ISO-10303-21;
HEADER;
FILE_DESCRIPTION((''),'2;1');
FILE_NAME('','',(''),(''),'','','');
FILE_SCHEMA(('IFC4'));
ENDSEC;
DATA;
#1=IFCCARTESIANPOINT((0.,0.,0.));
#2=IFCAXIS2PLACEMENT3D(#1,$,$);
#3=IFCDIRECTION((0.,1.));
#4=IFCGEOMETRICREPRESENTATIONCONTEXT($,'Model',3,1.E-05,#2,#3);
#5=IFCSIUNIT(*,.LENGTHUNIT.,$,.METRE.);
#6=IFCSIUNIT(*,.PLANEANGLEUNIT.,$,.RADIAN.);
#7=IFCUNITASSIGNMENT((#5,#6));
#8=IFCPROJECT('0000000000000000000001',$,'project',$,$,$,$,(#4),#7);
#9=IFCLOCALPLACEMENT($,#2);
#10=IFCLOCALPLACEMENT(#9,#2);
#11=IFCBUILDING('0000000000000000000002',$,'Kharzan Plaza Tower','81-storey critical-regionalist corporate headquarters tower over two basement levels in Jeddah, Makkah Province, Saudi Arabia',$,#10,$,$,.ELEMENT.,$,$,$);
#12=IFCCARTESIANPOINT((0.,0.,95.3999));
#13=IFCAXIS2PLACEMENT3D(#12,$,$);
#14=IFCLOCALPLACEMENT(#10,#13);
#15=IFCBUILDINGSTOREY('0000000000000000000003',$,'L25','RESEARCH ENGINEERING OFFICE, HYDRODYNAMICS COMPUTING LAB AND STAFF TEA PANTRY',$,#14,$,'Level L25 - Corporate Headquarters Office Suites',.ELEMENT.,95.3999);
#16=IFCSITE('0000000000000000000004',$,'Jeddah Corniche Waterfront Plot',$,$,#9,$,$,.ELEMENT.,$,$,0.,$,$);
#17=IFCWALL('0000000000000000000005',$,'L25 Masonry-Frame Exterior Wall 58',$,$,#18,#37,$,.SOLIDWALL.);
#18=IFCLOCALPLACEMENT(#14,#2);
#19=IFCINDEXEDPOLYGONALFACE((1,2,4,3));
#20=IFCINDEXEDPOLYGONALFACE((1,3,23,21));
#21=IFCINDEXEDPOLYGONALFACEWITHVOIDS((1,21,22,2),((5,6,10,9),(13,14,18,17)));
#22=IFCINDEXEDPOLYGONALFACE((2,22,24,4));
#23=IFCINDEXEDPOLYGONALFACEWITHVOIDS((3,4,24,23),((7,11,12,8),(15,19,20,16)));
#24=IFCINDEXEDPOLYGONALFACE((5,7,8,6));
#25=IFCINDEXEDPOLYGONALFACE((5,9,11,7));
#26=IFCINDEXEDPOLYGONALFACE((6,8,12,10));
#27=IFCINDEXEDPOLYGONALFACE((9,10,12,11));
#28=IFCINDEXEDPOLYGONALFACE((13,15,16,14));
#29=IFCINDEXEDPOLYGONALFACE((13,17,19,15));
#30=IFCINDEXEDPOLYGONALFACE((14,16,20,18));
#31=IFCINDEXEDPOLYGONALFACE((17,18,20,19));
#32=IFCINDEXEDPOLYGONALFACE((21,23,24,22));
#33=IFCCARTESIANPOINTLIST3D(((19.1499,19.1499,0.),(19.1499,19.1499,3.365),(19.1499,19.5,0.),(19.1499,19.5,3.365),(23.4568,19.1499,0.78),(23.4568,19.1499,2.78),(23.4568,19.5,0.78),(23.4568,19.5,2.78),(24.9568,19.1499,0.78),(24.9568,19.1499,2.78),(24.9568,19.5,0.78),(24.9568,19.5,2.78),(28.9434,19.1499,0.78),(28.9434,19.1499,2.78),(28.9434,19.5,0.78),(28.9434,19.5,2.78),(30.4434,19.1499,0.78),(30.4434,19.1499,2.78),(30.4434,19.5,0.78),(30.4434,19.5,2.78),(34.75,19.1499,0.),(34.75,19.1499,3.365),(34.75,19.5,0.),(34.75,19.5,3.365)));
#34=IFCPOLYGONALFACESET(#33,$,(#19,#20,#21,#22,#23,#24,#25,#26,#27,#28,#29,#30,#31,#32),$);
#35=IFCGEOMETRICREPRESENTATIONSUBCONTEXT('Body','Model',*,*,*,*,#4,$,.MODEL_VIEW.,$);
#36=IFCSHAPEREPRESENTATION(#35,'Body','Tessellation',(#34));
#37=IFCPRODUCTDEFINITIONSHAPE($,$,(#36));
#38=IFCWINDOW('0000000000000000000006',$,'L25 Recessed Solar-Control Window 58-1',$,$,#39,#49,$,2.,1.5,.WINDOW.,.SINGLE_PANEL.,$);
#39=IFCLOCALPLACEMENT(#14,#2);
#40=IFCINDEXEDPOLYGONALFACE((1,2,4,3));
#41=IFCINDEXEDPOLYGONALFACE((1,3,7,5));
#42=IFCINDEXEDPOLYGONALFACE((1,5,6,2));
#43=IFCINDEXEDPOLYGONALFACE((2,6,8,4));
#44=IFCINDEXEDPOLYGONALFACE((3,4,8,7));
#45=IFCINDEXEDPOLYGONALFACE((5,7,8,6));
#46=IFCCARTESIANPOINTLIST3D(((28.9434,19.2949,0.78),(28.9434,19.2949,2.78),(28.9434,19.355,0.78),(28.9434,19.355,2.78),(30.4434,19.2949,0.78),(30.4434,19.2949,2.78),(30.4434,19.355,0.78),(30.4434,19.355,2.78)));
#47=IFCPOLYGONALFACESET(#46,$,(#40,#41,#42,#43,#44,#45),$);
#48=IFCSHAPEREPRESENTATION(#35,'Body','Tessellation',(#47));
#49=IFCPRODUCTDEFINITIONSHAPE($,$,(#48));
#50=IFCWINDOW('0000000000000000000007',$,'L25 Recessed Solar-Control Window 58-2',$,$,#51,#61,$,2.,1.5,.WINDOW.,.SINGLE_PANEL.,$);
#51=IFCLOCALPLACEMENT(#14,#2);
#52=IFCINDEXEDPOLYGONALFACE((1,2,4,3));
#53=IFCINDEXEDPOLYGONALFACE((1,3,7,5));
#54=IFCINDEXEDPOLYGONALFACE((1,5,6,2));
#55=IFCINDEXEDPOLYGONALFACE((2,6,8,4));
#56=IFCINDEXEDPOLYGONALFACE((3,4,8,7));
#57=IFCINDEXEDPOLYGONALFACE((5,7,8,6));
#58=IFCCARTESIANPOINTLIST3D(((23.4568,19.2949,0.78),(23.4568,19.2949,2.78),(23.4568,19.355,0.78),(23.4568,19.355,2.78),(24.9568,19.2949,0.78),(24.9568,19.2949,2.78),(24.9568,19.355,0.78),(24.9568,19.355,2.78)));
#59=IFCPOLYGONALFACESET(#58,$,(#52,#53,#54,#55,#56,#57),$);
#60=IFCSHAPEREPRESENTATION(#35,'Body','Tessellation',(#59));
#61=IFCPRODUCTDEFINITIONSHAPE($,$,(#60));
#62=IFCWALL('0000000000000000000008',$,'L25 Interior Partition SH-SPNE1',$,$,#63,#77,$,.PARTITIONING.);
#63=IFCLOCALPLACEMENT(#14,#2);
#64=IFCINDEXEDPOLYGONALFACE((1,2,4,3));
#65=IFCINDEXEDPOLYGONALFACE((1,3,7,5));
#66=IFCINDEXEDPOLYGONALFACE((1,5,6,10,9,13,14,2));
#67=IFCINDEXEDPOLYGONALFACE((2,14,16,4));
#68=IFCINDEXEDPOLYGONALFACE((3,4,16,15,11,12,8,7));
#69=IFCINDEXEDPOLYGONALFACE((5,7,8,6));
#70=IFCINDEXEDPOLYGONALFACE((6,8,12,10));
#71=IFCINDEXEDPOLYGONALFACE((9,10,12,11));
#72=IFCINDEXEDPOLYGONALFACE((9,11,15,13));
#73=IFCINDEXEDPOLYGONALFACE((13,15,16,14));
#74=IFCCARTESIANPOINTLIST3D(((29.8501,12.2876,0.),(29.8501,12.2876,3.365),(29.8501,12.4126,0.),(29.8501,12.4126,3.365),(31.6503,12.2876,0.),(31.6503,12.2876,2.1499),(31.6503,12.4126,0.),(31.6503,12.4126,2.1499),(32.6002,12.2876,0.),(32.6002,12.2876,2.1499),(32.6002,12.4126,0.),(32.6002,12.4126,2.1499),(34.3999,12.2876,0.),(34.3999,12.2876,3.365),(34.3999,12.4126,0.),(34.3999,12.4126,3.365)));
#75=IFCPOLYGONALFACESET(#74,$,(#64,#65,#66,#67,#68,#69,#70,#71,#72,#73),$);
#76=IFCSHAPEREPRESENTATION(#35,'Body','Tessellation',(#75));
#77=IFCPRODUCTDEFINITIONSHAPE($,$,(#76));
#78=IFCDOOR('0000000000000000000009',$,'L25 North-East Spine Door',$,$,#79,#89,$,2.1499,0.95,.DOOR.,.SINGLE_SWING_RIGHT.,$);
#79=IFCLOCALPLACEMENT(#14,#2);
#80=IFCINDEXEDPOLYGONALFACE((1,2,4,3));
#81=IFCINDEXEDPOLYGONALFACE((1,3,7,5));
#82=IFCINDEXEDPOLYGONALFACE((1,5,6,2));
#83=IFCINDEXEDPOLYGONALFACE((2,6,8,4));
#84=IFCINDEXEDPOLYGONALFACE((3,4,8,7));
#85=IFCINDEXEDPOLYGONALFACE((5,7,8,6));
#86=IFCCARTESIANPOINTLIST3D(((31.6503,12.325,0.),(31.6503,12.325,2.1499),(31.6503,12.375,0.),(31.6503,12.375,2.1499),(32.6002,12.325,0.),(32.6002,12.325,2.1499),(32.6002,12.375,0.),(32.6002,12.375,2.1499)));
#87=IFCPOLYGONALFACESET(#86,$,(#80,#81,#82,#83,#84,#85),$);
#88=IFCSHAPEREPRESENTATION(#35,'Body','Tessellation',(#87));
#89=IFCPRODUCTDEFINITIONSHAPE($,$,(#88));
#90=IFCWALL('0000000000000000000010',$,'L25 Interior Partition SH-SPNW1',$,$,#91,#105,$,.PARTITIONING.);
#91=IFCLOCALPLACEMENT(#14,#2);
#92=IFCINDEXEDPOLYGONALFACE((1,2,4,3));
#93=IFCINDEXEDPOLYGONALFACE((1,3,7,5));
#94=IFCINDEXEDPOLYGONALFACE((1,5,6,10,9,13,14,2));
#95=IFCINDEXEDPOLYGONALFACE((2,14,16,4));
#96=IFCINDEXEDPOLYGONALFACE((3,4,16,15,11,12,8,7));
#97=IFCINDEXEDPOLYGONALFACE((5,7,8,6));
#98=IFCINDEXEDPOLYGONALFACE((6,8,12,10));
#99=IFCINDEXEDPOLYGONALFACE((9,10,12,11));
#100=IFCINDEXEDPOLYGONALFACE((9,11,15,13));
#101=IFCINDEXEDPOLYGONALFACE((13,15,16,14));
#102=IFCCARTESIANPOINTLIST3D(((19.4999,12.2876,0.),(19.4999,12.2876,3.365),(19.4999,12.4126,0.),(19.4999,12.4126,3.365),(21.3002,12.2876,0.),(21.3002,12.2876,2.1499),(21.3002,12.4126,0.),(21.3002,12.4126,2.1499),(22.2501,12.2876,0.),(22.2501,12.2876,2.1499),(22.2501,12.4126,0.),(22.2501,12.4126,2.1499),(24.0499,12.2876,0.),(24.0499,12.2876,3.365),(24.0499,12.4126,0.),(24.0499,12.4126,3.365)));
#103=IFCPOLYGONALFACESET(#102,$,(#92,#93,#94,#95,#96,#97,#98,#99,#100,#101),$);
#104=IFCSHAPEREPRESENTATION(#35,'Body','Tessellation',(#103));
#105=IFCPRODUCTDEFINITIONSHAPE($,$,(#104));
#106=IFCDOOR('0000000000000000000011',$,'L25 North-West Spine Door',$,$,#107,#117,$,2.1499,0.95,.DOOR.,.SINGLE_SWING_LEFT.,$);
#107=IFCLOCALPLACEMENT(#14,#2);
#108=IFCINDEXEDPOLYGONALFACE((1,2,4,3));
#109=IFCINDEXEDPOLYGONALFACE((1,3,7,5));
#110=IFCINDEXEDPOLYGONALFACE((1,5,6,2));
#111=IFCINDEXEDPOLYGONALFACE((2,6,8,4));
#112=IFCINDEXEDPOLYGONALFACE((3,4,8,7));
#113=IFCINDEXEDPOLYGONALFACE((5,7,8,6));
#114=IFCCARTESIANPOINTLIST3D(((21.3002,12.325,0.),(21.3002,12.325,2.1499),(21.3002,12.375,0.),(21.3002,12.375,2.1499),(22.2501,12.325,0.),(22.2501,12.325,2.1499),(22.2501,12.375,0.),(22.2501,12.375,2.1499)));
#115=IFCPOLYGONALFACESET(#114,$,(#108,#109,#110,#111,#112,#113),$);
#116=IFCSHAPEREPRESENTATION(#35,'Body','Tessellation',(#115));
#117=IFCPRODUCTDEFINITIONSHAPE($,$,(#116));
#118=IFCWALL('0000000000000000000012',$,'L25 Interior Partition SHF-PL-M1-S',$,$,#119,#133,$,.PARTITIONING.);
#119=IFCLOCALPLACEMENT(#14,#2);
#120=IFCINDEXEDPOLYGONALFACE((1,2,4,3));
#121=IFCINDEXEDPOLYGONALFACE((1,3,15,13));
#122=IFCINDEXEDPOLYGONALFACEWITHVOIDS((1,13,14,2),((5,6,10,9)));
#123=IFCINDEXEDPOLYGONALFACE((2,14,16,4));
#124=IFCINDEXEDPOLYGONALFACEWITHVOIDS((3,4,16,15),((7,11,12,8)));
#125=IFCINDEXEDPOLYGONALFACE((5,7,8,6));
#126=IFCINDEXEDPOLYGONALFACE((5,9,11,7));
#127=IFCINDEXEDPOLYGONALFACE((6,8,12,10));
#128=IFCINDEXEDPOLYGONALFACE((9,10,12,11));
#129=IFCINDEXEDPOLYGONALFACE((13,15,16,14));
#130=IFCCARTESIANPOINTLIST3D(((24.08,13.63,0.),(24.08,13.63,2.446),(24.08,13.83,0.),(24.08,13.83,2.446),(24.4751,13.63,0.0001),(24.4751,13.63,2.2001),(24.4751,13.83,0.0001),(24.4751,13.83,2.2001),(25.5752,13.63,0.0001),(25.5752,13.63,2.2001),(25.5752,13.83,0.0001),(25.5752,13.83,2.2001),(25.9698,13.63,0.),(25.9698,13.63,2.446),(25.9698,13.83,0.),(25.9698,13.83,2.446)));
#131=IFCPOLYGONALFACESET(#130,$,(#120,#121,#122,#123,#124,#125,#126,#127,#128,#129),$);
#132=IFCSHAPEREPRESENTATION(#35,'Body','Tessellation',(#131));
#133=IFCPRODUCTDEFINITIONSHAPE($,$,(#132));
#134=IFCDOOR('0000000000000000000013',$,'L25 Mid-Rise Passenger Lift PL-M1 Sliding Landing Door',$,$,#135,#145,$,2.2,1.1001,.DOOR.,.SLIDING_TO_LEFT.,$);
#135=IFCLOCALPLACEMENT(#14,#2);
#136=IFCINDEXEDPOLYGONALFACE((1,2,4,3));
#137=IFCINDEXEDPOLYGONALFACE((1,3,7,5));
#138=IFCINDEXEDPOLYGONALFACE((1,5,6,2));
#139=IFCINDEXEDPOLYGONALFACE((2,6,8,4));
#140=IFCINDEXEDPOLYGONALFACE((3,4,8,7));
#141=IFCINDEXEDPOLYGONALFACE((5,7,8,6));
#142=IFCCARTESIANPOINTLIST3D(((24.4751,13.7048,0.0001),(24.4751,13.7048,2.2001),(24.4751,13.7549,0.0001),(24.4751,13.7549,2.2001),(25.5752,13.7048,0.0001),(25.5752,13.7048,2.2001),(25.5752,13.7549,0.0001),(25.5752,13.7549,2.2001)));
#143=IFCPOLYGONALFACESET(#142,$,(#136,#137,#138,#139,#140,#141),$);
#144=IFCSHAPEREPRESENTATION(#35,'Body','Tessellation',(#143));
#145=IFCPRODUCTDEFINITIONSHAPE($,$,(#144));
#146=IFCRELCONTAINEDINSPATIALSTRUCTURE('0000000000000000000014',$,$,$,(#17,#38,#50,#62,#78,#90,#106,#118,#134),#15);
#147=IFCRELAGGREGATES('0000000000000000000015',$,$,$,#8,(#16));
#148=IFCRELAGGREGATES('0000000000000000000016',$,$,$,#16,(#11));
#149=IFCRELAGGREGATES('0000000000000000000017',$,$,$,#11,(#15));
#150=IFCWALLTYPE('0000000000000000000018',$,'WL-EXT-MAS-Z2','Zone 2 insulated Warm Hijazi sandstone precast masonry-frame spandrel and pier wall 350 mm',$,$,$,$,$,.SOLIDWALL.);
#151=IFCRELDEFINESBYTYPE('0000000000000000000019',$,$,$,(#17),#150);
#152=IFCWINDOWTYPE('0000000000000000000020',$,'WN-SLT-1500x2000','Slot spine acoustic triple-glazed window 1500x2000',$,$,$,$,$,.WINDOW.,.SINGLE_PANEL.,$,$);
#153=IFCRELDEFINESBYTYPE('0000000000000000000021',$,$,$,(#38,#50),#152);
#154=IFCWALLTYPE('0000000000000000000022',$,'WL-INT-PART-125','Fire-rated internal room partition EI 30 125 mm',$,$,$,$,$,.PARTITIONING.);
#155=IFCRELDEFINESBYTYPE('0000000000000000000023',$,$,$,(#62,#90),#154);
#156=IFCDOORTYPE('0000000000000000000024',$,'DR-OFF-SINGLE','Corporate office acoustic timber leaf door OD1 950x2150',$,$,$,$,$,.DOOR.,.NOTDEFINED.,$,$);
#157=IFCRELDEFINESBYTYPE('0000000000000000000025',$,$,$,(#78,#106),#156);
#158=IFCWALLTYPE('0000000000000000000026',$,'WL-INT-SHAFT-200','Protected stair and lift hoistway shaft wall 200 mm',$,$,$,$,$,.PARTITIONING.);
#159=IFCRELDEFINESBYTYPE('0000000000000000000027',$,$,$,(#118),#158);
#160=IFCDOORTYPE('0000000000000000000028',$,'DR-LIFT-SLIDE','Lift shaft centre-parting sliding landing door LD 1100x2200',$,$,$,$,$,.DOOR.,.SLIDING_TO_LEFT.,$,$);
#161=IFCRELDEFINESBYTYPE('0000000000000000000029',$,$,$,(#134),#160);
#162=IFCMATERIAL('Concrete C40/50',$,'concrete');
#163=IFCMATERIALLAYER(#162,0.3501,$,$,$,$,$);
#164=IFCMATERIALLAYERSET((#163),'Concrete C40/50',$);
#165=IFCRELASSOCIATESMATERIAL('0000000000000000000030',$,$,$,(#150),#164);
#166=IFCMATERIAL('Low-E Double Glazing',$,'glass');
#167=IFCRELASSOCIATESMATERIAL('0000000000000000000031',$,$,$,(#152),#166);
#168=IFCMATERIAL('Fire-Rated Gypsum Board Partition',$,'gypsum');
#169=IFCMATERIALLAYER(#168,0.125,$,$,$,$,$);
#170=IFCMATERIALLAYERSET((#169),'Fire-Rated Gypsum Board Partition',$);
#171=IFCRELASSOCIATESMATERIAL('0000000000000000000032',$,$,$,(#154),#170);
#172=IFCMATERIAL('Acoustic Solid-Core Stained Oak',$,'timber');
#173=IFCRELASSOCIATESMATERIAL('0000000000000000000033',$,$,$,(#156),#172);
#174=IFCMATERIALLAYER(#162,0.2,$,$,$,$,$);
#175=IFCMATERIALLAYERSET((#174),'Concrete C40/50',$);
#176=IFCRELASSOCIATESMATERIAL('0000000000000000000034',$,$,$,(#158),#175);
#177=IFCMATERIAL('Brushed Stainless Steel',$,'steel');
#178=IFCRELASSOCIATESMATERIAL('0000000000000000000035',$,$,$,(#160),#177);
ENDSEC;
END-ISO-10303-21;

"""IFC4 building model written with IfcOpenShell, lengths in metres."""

from ifc_helpers import new_model, si_unit, direction, frame, frame_2d, origin, place, context, subcontext, project, spatial, rectangle, extrude, source, transform, mapped, material, layer, layer_set, type_object, element, fill, save


model = new_model("IFC4")

# Units and contexts
model_context = context("Model", 3, precision=1e-05, world=origin(), true_north=direction((0.0, 1.0)))
body_context = subcontext(model_context, "Body", "Model", "MODEL_VIEW")
ifc_project = project(units=[si_unit("LENGTHUNIT", "METRE"), si_unit("PLANEANGLEUNIT", "RADIAN")], contexts=[model_context])

# Site, building, storey
site_placement = place(None, origin())
site = spatial("IfcSite", under=ifc_project, at=site_placement, Name="Jeddah Corniche Waterfront Plot", CompositionType="ELEMENT", RefElevation=0.0)
building_placement = place(site_placement, origin())
building = spatial("IfcBuilding", under=site, at=building_placement, Name="Kharzan Plaza Tower", Description="81-storey critical-regionalist corporate headquarters tower over two basement levels in Jeddah, Makkah Province, Saudi Arabia", CompositionType="ELEMENT")
storey_placement = place(building_placement, frame((0.0, 0.0, 95.3999)))
storey = spatial("IfcBuildingStorey", under=building, at=storey_placement, Name="L25", Description="RESEARCH ENGINEERING OFFICE, HYDRODYNAMICS COMPUTING LAB AND STAFF TEA PANTRY", LongName="Level L25 - Corporate Headquarters Office Suites", CompositionType="ELEMENT", Elevation=95.3999)

# Wall, openings, windows
ifc_material_1 = material(Name="Concrete C40/50", Category="concrete")
ifc_layer_1 = layer(ifc_material_1, 0.3501)
ifc_layer_set_1 = layer_set([ifc_layer_1], Name="Concrete C40/50")
wall_type_1 = type_object("IfcWallType", Name="WL-EXT-MAS-Z2", Description="Zone 2 insulated Warm Hijazi sandstone precast masonry-frame spandrel and pier wall 350 mm", PredefinedType="SOLIDWALL", material=ifc_layer_set_1)
wall_1_placement = place(storey_placement, frame((34.75, 19.325, 0.0), z_axis=(0.0, 0.0, 1.0), x_axis=(-1.0, 0.0, 0.0)))
wall_1 = element("IfcWall", 1, at=wall_1_placement, inside=storey, type_object=wall_type_1, Name="L25 Masonry-Frame Exterior Wall 58", PredefinedType="SOLIDWALL", context=body_context, shape_type="SweptSolid", body=[
    extrude(rectangle(XDim=15.6001, YDim=0.3501, at=frame_2d((7.8, 0.0))), origin(), (0.0, 0.0, 1.0), 3.365),
])
opening_1_placement = place(wall_1_placement, frame((4.3066, 0.0, 0.78)))
opening_1 = element("IfcOpeningElement", 2, at=opening_1_placement, cuts=wall_1, PredefinedType="OPENING", context=body_context, shape_type="SweptSolid", body=[
    extrude(rectangle(XDim=1.5, YDim=2.0, at=frame_2d((0.75, 1.0))), frame((0.0, 0.1851, 0.0), z_axis=(0.0, -1.0, 0.0), x_axis=(1.0, 0.0, 0.0)), (0.0, 0.0, 1.0), 0.3701),
])
opening_2_placement = place(wall_1_placement, frame((9.7932, 0.0, 0.78)))
opening_2 = element("IfcOpeningElement", 3, at=opening_2_placement, cuts=wall_1, PredefinedType="OPENING", context=body_context, shape_type="SweptSolid", body=[
    extrude(rectangle(XDim=1.5, YDim=2.0, at=frame_2d((0.75, 1.0))), frame((0.0, 0.1851, 0.0), z_axis=(0.0, -1.0, 0.0), x_axis=(1.0, 0.0, 0.0)), (0.0, 0.0, 1.0), 0.3701),
])
ifc_material_2 = material(Name="Low-E Double Glazing", Category="glass")
window_type = type_object("IfcWindowType", Name="WN-SLT-1500x2000", Description="Slot spine acoustic triple-glazed window 1500x2000", PartitioningType="SINGLE_PANEL", PredefinedType="WINDOW", material=ifc_material_2)
shared_shape_1 = source(origin(), body_context, "Body", "SweptSolid", [
    extrude(rectangle(XDim=1.5, YDim=2.0, at=frame_2d((0.75, 1.0))), frame((0.0, 0.03, 0.0), z_axis=(0.0, -1.0, 0.0), x_axis=(1.0, 0.0, 0.0)), (0.0, 0.0, 1.0), 0.0601),
])
window_1_placement = place(opening_1_placement, origin())
window_1 = element("IfcWindow", 4, at=window_1_placement, inside=storey, type_object=window_type, Name="L25 Recessed Solar-Control Window 58-1", OverallHeight=2.0, OverallWidth=1.5, PartitioningType="SINGLE_PANEL", PredefinedType="WINDOW", context=body_context, shape_type="MappedRepresentation", body=[
    mapped(shared_shape_1, transform((0.0, 0.0, 0.0), x_axis=(1.0, 0.0, 0.0), y_axis=(0.0, 1.0, 0.0), z_axis=(0.0, 0.0, 1.0))),
])
fill(opening_1, window_1)
window_2_placement = place(opening_2_placement, origin())
window_2 = element("IfcWindow", 5, at=window_2_placement, inside=storey, type_object=window_type, Name="L25 Recessed Solar-Control Window 58-2", OverallHeight=2.0, OverallWidth=1.5, PartitioningType="SINGLE_PANEL", PredefinedType="WINDOW", context=body_context, shape_type="MappedRepresentation", body=[
    mapped(shared_shape_1, transform((0.0, 0.0, 0.0), x_axis=(1.0, 0.0, 0.0), y_axis=(0.0, 1.0, 0.0), z_axis=(0.0, 0.0, 1.0))),
])
fill(opening_2, window_2)

# Walls, openings, doors
ifc_material_3 = material(Name="Fire-Rated Gypsum Board Partition", Category="gypsum")
ifc_layer_2 = layer(ifc_material_3, 0.125)
ifc_layer_set_2 = layer_set([ifc_layer_2], Name="Fire-Rated Gypsum Board Partition")
wall_type_2 = type_object("IfcWallType", Name="WL-INT-PART-125", Description="Fire-rated internal room partition EI 30 125 mm", PredefinedType="PARTITIONING", material=ifc_layer_set_2)
wall_2_placement = place(storey_placement, frame((29.8501, 12.3501, 0.0), z_axis=(0.0, 0.0, 1.0), x_axis=(1.0, 0.0, 0.0)))
wall_2 = element("IfcWall", 6, at=wall_2_placement, inside=storey, type_object=wall_type_2, Name="L25 Interior Partition SH-SPNE1", PredefinedType="PARTITIONING", context=body_context, shape_type="SweptSolid", body=[
    extrude(rectangle(XDim=4.5498, YDim=0.125, at=frame_2d((2.2749, 0.0))), origin(), (0.0, 0.0, 1.0), 3.365),
])
opening_3_placement = place(wall_2_placement, frame((1.8, 0.0, 0.0)))
opening_3 = element("IfcOpeningElement", 7, at=opening_3_placement, cuts=wall_2, PredefinedType="OPENING", context=body_context, shape_type="SweptSolid", body=[
    extrude(rectangle(XDim=0.95, YDim=2.1499, at=frame_2d((0.4751, 1.075))), frame((0.0, 0.0725, 0.0), z_axis=(0.0, -1.0, 0.0), x_axis=(1.0, 0.0, 0.0)), (0.0, 0.0, 1.0), 0.145),
])
ifc_material_4 = material(Name="Acoustic Solid-Core Stained Oak", Category="timber")
door_type_1 = type_object("IfcDoorType", Name="DR-OFF-SINGLE", Description="Corporate office acoustic timber leaf door OD1 950x2150", OperationType="NOTDEFINED", PredefinedType="DOOR", material=ifc_material_4)
shared_shape_2 = source(origin(), body_context, "Body", "SweptSolid", [
    extrude(rectangle(XDim=0.95, YDim=2.1499, at=frame_2d((0.4751, 1.075))), frame((0.0, 0.0249, 0.0), z_axis=(0.0, -1.0, 0.0), x_axis=(1.0, 0.0, 0.0)), (0.0, 0.0, 1.0), 0.05),
])
door_1_placement = place(opening_3_placement, origin())
door_1 = element("IfcDoor", 8, at=door_1_placement, inside=storey, type_object=door_type_1, Name="L25 North-East Spine Door", OperationType="SINGLE_SWING_RIGHT", OverallHeight=2.1499, OverallWidth=0.95, PredefinedType="DOOR", context=body_context, shape_type="MappedRepresentation", body=[
    mapped(shared_shape_2, transform((0.0, 0.0, 0.0), x_axis=(1.0, 0.0, 0.0), y_axis=(0.0, 1.0, 0.0), z_axis=(0.0, 0.0, 1.0))),
])
fill(opening_3, door_1)
wall_3_placement = place(storey_placement, frame((19.5, 12.3501, 0.0), z_axis=(0.0, 0.0, 1.0), x_axis=(1.0, 0.0, 0.0)))
wall_3 = element("IfcWall", 9, at=wall_3_placement, inside=storey, type_object=wall_type_2, Name="L25 Interior Partition SH-SPNW1", PredefinedType="PARTITIONING", context=body_context, shape_type="SweptSolid", body=[
    extrude(rectangle(XDim=4.55, YDim=0.125, at=frame_2d((2.2749, 0.0))), origin(), (0.0, 0.0, 1.0), 3.365),
])
opening_4_placement = place(wall_3_placement, frame((1.8, 0.0, 0.0)))
opening_4 = element("IfcOpeningElement", 10, at=opening_4_placement, cuts=wall_3, PredefinedType="OPENING", context=body_context, shape_type="SweptSolid", body=[
    extrude(rectangle(XDim=0.95, YDim=2.1499, at=frame_2d((0.4751, 1.075))), frame((0.0, 0.0725, 0.0), z_axis=(0.0, -1.0, 0.0), x_axis=(1.0, 0.0, 0.0)), (0.0, 0.0, 1.0), 0.145),
])
door_2_placement = place(opening_4_placement, origin())
door_2 = element("IfcDoor", 11, at=door_2_placement, inside=storey, type_object=door_type_1, Name="L25 North-West Spine Door", OperationType="SINGLE_SWING_LEFT", OverallHeight=2.1499, OverallWidth=0.95, PredefinedType="DOOR", context=body_context, shape_type="MappedRepresentation", body=[
    mapped(shared_shape_2, transform((0.0, 0.0, 0.0), x_axis=(1.0, 0.0, 0.0), y_axis=(0.0, 1.0, 0.0), z_axis=(0.0, 0.0, 1.0))),
])
fill(opening_4, door_2)
ifc_layer_3 = layer(ifc_material_1, 0.2)
ifc_layer_set_3 = layer_set([ifc_layer_3], Name="Concrete C40/50")
wall_type_3 = type_object("IfcWallType", Name="WL-INT-SHAFT-200", Description="Protected stair and lift hoistway shaft wall 200 mm", PredefinedType="PARTITIONING", material=ifc_layer_set_3)
wall_4_placement = place(storey_placement, frame((24.0801, 13.73, 0.0), z_axis=(0.0, 0.0, 1.0), x_axis=(1.0, 0.0, 0.0)))
wall_4 = element("IfcWall", 12, at=wall_4_placement, inside=storey, type_object=wall_type_3, Name="L25 Interior Partition SHF-PL-M1-S", PredefinedType="PARTITIONING", context=body_context, shape_type="SweptSolid", body=[
    extrude(rectangle(XDim=1.8899, YDim=0.2, at=frame_2d((0.9448, 0.0))), origin(), (0.0, 0.0, 1.0), 2.446),
])
opening_5_placement = place(wall_4_placement, frame((0.395, 0.0, 0.0)))
opening_5 = element("IfcOpeningElement", 13, at=opening_5_placement, cuts=wall_4, PredefinedType="OPENING", context=body_context, shape_type="SweptSolid", body=[
    extrude(rectangle(XDim=1.1001, YDim=2.2, at=frame_2d((0.55, 1.1001))), frame((0.0, 0.1099, 0.0), z_axis=(0.0, -1.0, 0.0), x_axis=(1.0, 0.0, 0.0)), (0.0, 0.0, 1.0), 0.22),
])
ifc_material_5 = material(Name="Brushed Stainless Steel", Category="steel")
door_type_2 = type_object("IfcDoorType", Name="DR-LIFT-SLIDE", Description="Lift shaft centre-parting sliding landing door LD 1100x2200", OperationType="SLIDING_TO_LEFT", PredefinedType="DOOR", material=ifc_material_5)
shared_shape_3 = source(origin(), body_context, "Body", "SweptSolid", [
    extrude(rectangle(XDim=1.1001, YDim=2.2, at=frame_2d((0.55, 1.1001))), frame((0.0, 0.0249, 0.0), z_axis=(0.0, -1.0, 0.0), x_axis=(1.0, 0.0, 0.0)), (0.0, 0.0, 1.0), 0.05),
])
door_3_placement = place(opening_5_placement, origin())
door_3 = element("IfcDoor", 14, at=door_3_placement, inside=storey, type_object=door_type_2, Name="L25 Mid-Rise Passenger Lift PL-M1 Sliding Landing Door", OperationType="SLIDING_TO_LEFT", OverallHeight=2.2, OverallWidth=1.1001, PredefinedType="DOOR", context=body_context, shape_type="MappedRepresentation", body=[
    mapped(shared_shape_3, transform((0.0, 0.0, 0.0), x_axis=(1.0, 0.0, 0.0), y_axis=(0.0, 1.0, 0.0), z_axis=(0.0, 0.0, 1.0))),
])
fill(opening_5, door_3)

save(model, "model.ifc")
